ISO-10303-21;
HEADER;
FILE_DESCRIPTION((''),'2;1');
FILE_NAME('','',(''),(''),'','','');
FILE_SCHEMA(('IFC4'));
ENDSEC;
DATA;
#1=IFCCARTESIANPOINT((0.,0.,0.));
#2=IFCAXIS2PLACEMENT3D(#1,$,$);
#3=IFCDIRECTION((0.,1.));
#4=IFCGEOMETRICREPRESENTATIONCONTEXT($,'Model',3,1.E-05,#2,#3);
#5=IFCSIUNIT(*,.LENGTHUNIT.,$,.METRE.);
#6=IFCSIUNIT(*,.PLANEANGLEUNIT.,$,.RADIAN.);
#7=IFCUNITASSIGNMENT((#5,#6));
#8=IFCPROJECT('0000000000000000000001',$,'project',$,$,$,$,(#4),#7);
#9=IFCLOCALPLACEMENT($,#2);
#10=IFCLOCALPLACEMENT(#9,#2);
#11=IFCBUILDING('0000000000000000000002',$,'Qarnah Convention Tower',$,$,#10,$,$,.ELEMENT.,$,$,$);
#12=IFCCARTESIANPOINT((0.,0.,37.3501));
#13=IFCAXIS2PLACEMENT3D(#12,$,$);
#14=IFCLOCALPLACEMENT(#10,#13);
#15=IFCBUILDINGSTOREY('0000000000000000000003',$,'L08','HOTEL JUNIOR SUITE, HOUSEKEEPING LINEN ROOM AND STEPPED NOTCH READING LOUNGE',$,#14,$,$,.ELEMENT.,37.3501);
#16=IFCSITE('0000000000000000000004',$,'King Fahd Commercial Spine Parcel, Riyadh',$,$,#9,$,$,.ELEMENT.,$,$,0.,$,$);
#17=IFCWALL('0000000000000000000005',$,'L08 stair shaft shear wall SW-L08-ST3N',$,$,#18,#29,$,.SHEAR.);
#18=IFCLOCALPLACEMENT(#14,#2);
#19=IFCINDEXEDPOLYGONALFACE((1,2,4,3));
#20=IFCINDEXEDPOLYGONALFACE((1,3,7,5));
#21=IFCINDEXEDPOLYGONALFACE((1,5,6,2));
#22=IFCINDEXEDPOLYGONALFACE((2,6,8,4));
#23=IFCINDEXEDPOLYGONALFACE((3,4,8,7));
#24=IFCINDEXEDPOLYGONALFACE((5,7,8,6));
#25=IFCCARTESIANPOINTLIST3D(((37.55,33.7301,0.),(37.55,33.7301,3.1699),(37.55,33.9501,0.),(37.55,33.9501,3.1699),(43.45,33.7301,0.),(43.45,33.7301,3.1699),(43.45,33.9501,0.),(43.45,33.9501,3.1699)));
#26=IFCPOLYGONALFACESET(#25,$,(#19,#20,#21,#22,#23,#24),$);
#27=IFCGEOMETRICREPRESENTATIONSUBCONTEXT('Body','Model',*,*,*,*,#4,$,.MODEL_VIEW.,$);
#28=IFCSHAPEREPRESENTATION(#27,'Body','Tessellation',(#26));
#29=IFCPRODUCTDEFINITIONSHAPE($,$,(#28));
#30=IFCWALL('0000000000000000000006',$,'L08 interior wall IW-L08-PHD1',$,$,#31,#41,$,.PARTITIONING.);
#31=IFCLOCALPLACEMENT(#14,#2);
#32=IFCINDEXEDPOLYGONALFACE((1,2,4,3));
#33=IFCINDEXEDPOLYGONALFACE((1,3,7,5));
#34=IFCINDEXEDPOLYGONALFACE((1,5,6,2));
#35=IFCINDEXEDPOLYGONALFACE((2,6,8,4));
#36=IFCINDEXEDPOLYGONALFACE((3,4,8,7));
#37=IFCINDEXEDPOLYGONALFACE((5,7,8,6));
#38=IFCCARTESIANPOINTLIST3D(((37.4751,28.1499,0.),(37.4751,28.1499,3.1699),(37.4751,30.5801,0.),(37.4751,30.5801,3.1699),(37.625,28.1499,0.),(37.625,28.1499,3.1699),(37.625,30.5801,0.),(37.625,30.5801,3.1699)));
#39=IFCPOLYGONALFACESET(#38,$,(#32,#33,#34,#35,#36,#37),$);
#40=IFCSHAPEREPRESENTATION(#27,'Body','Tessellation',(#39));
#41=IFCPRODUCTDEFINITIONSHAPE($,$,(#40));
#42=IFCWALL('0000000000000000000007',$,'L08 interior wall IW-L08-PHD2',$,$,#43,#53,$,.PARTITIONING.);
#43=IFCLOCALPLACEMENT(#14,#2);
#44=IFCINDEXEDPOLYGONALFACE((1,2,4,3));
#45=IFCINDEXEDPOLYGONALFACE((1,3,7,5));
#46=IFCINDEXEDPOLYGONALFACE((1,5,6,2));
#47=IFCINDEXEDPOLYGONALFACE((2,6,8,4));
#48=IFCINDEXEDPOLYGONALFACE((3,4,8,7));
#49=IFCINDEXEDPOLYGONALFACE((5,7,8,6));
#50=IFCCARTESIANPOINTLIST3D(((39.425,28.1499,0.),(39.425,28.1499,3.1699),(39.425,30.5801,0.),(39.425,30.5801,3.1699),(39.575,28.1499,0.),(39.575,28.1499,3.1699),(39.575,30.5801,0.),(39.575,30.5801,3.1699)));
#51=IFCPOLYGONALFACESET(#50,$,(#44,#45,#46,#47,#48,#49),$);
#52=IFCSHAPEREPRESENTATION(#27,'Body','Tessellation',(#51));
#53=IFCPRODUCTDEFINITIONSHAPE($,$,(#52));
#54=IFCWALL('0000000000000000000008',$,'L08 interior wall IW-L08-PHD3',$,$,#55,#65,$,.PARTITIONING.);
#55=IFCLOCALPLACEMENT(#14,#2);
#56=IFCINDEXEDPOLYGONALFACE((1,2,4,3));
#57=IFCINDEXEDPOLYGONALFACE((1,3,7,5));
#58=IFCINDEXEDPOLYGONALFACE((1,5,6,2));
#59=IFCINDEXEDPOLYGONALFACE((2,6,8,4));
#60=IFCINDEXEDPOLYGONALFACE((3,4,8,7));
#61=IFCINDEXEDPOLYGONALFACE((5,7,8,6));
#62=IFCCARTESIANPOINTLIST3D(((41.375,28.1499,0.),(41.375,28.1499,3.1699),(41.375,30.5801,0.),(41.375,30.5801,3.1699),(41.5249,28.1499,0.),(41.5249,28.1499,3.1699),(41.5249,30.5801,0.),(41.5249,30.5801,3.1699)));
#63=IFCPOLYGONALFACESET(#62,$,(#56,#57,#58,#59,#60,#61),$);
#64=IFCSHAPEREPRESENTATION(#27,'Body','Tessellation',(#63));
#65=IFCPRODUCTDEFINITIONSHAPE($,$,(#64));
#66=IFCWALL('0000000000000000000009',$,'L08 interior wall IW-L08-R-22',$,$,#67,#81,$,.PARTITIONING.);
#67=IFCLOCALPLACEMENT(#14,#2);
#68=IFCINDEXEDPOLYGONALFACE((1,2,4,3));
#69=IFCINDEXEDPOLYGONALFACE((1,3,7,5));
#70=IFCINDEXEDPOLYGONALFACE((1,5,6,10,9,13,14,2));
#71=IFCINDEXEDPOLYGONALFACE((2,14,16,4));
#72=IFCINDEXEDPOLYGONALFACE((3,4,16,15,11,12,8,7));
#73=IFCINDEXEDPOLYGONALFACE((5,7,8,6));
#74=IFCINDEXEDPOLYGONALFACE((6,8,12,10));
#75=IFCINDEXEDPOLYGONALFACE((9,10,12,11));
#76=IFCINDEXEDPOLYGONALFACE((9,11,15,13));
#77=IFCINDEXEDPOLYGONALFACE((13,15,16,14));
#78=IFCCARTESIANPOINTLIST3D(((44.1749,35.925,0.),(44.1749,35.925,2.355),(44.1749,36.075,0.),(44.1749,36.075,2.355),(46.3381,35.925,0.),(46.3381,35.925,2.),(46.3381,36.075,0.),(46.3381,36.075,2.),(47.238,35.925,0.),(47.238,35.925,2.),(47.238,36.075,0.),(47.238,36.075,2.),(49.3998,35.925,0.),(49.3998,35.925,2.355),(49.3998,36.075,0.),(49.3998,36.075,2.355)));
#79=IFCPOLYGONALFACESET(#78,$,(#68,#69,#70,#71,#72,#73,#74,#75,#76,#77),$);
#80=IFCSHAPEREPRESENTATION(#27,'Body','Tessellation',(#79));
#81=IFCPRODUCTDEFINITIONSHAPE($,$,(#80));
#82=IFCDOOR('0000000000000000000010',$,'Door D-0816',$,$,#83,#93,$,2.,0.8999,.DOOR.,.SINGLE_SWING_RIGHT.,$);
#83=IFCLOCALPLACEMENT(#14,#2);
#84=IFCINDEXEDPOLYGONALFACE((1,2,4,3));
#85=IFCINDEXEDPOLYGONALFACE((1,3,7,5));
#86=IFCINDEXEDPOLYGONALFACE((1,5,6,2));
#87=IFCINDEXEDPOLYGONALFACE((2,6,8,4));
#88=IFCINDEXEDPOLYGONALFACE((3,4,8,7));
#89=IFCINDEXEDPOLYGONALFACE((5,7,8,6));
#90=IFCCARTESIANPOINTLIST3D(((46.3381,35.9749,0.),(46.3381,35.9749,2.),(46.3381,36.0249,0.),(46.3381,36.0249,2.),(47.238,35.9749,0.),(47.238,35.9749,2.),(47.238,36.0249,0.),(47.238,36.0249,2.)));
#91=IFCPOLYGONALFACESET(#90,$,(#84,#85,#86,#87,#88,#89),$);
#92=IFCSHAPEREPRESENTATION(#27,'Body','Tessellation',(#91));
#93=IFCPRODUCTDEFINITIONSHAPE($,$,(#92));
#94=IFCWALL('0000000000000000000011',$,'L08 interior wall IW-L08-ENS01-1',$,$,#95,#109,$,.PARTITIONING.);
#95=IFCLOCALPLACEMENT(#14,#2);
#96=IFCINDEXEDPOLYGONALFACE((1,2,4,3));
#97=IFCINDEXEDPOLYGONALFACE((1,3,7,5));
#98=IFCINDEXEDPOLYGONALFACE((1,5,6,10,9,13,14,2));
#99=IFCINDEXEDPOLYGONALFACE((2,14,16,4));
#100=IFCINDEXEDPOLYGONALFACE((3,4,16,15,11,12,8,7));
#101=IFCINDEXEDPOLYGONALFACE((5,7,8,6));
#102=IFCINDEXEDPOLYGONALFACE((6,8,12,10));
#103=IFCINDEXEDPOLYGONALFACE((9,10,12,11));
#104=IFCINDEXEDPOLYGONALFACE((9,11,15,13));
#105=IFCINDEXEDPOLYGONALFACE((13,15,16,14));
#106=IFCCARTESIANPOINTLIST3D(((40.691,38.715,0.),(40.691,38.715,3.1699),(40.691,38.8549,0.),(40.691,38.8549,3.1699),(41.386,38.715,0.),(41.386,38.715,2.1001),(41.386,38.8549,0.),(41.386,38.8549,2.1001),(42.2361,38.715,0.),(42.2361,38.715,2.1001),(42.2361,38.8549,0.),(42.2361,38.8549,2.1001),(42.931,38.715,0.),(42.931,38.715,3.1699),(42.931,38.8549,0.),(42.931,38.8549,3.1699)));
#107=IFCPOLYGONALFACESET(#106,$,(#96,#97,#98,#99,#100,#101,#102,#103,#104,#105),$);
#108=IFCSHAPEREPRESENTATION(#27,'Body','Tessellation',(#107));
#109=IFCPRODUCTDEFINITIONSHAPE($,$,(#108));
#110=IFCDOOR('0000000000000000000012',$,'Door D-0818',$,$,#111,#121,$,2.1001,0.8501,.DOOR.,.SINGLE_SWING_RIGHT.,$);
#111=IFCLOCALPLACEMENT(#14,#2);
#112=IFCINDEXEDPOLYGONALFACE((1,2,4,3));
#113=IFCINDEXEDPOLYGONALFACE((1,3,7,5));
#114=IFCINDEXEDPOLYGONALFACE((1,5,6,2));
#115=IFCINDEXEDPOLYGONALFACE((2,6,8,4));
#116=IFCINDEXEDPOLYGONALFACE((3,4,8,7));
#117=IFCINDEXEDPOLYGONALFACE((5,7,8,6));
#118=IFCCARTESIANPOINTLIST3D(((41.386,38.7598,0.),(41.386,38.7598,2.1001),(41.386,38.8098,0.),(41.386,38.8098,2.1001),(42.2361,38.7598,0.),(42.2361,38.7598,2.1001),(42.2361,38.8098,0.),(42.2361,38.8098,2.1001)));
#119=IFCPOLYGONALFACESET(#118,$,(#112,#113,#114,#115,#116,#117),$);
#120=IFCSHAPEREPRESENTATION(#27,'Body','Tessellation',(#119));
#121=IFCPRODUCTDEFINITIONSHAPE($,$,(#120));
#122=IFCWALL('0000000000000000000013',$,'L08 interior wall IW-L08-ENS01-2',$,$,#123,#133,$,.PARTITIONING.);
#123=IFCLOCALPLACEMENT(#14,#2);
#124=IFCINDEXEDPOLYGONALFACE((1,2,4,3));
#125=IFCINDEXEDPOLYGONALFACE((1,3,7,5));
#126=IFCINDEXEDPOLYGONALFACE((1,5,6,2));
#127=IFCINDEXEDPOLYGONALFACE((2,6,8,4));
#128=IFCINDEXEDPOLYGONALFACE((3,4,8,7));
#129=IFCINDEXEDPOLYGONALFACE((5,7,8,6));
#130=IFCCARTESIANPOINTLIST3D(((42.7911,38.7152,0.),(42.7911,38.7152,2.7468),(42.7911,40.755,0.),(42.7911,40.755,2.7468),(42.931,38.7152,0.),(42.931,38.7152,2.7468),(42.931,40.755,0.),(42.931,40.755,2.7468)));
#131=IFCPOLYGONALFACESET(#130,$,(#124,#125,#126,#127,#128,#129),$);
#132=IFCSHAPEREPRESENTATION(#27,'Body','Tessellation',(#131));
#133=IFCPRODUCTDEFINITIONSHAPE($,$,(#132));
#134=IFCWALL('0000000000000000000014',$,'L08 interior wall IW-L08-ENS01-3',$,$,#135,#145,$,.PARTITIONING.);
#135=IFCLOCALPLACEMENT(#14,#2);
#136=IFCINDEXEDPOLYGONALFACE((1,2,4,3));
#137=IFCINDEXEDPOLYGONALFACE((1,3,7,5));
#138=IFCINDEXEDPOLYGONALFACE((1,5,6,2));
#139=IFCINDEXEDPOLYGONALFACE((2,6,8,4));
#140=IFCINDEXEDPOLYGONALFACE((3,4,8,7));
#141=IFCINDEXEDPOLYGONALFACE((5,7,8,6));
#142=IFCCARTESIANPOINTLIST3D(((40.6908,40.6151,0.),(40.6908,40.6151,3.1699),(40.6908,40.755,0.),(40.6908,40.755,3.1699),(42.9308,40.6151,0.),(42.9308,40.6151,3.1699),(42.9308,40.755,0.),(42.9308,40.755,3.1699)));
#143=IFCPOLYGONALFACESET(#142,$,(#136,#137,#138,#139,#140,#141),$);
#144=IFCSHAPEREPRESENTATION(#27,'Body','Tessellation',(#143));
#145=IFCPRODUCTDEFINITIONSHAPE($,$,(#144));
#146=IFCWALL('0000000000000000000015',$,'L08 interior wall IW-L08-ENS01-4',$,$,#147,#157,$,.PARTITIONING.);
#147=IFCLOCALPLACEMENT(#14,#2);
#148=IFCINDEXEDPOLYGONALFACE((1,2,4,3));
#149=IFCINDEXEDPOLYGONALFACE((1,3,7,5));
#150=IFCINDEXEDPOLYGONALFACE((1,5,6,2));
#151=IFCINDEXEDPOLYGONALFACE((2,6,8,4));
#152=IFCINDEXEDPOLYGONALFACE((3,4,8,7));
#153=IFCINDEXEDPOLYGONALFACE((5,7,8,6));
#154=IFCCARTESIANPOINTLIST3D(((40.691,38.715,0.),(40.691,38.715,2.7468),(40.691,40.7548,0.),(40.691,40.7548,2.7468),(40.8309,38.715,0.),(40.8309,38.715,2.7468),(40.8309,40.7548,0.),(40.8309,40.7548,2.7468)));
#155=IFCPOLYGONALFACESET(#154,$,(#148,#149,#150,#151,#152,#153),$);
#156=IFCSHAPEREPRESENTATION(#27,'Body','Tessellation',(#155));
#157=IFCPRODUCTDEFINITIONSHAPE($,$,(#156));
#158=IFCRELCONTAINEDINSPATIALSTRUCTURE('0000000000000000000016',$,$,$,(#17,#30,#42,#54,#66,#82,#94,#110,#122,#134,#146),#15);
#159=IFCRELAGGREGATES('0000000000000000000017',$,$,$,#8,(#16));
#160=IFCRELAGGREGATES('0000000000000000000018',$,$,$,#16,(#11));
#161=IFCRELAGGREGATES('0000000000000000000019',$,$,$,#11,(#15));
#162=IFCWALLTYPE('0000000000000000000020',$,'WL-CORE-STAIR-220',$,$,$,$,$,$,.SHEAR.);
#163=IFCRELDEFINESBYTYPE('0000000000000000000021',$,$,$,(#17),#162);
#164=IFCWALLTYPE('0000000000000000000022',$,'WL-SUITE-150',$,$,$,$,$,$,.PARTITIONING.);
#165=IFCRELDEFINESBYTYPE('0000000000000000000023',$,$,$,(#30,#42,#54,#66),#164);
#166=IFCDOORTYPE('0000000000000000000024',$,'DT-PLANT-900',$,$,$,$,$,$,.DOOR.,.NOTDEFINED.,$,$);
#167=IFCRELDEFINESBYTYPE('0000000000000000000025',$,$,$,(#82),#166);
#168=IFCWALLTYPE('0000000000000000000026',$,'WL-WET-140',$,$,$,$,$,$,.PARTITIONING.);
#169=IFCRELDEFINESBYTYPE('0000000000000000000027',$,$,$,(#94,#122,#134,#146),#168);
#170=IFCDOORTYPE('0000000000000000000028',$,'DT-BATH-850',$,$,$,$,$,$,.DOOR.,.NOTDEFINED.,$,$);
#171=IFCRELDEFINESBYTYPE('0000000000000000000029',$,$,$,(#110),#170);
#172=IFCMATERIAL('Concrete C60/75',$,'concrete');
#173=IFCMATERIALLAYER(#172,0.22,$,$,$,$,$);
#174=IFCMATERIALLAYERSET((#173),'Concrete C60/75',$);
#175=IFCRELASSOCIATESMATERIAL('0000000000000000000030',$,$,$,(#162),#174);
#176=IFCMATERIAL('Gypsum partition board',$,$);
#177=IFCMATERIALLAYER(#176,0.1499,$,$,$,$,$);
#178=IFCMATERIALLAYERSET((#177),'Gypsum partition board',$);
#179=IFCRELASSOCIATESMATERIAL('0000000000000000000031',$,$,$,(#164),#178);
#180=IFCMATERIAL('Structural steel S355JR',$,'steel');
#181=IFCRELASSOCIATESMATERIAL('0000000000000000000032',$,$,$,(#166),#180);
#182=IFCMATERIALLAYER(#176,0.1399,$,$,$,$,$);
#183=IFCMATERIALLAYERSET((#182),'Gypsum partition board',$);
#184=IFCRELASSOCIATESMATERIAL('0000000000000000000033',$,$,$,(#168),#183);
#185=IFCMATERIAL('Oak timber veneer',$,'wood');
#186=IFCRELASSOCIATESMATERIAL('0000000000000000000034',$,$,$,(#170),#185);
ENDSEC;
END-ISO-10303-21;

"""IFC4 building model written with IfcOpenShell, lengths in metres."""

from ifc_helpers import new_model, si_unit, direction, frame, frame_2d, origin, place, context, subcontext, project, spatial, rectangle, extrude, material, layer, layer_set, type_object, element, fill, save


model = new_model("IFC4")

# Units and contexts
model_context = context("Model", 3, precision=1e-05, world=origin(), true_north=direction((0.0, 1.0)))
body_context = subcontext(model_context, "Body", "Model", "MODEL_VIEW")
ifc_project = project(units=[si_unit("LENGTHUNIT", "METRE"), si_unit("PLANEANGLEUNIT", "RADIAN")], contexts=[model_context])

# Site, building, storey
site_placement = place(None, origin())
site = spatial("IfcSite", under=ifc_project, at=site_placement, Name="King Fahd Commercial Spine Parcel, Riyadh", CompositionType="ELEMENT", RefElevation=0.0)
building_placement = place(site_placement, origin())
building = spatial("IfcBuilding", under=site, at=building_placement, Name="Qarnah Convention Tower", CompositionType="ELEMENT")
storey_placement = place(building_placement, frame((0.0, 0.0, 37.3501)))
storey = spatial("IfcBuildingStorey", under=building, at=storey_placement, Name="L08", Description="HOTEL JUNIOR SUITE, HOUSEKEEPING LINEN ROOM AND STEPPED NOTCH READING LOUNGE", CompositionType="ELEMENT", Elevation=37.3501)

# Shared definitions
ifc_material_1 = material(Name="Structural steel S355JR", Category="steel")

# Walls
ifc_material_2 = material(Name="Concrete C60/75", Category="concrete")
ifc_layer_1 = layer(ifc_material_2, 0.22)
ifc_layer_set_1 = layer_set([ifc_layer_1], Name="Concrete C60/75")
wall_type_1 = type_object("IfcWallType", Name="WL-CORE-STAIR-220", PredefinedType="SHEAR", material=ifc_layer_set_1)
wall_1_placement = place(storey_placement, frame((37.55, 33.8401, 0.0), z_axis=(0.0, 0.0, 1.0), x_axis=(1.0, 0.0, 0.0)))
element("IfcWall", 1, at=wall_1_placement, inside=storey, type_object=wall_type_1, Name="L08 stair shaft shear wall SW-L08-ST3N", PredefinedType="SHEAR", context=body_context, shape_type="SweptSolid", body=[
    extrude(rectangle(XDim=5.8999, YDim=0.22, at=frame_2d((2.95, 0.0))), origin(), (0.0, 0.0, 1.0), 3.1699),
])
ifc_material_3 = material(Name="Gypsum partition board")
ifc_layer_2 = layer(ifc_material_3, 0.1499)
ifc_layer_set_2 = layer_set([ifc_layer_2], Name="Gypsum partition board")
wall_type_2 = type_object("IfcWallType", Name="WL-SUITE-150", PredefinedType="PARTITIONING", material=ifc_layer_set_2)
for number, where, z_axis, x_axis, name in (
    (2, (37.55, 28.1499, 0.0), (0.0, 0.0, 1.0), (0.0, 1.0, 0.0), "L08 interior wall IW-L08-PHD1"),
    (3, (39.5, 28.1499, 0.0), (0.0, 0.0, 1.0), (0.0, 1.0, 0.0), "L08 interior wall IW-L08-PHD2"),
    (4, (41.45, 28.1499, 0.0), (0.0, 0.0, 1.0), (0.0, 1.0, 0.0), "L08 interior wall IW-L08-PHD3"),
):
    element("IfcWall", number, at=place(storey_placement, frame(where, z_axis=z_axis, x_axis=x_axis)), inside=storey, type_object=wall_type_2, Name=name, PredefinedType="PARTITIONING", context=body_context, shape_type="SweptSolid", body=[
        extrude(rectangle(XDim=2.4302, YDim=0.1499, at=frame_2d((1.2151, 0.0))), origin(), (0.0, 0.0, 1.0), 3.1699),
    ])

# Walls, openings, doors
wall_2_placement = place(storey_placement, frame((44.175, 36.0, 0.0), z_axis=(0.0, 0.0, 1.0), x_axis=(1.0, 0.0, 0.0)))
wall_2 = element("IfcWall", 5, at=wall_2_placement, inside=storey, type_object=wall_type_2, Name="L08 interior wall IW-L08-R-22", PredefinedType="PARTITIONING", context=body_context, shape_type="SweptSolid", body=[
    extrude(rectangle(XDim=5.2249, YDim=0.1499, at=frame_2d((2.6123, 0.0))), origin(), (0.0, 0.0, 1.0), 2.355),
])
opening_1_placement = place(wall_2_placement, frame((2.1631, 0.0, 0.0)))
opening_1 = element("IfcOpeningElement", 6, at=opening_1_placement, cuts=wall_2, PredefinedType="OPENING", context=body_context, shape_type="SweptSolid", body=[
    extrude(rectangle(XDim=0.8999, YDim=2.0, at=frame_2d((0.45, 1.0))), frame((0.0, 0.085, 0.0), z_axis=(0.0, -1.0, 0.0), x_axis=(1.0, 0.0, 0.0)), (0.0, 0.0, 1.0), 0.1699),
])
door_type_1 = type_object("IfcDoorType", Name="DT-PLANT-900", OperationType="NOTDEFINED", PredefinedType="DOOR", material=ifc_material_1)
door_1_placement = place(opening_1_placement, origin())
door_1 = element("IfcDoor", 7, at=door_1_placement, inside=storey, type_object=door_type_1, Name="Door D-0816", OperationType="SINGLE_SWING_RIGHT", OverallHeight=2.0, OverallWidth=0.8999, PredefinedType="DOOR", context=body_context, shape_type="SweptSolid", body=[
    extrude(rectangle(XDim=0.8999, YDim=2.0, at=frame_2d((0.45, 1.0))), frame((0.0, 0.0249, 0.0), z_axis=(0.0, -1.0, 0.0), x_axis=(1.0, 0.0, 0.0)), (0.0, 0.0, 1.0), 0.05),
])
fill(opening_1, door_1)
ifc_layer_3 = layer(ifc_material_3, 0.1399)
ifc_layer_set_3 = layer_set([ifc_layer_3], Name="Gypsum partition board")
wall_type_3 = type_object("IfcWallType", Name="WL-WET-140", PredefinedType="PARTITIONING", material=ifc_layer_set_3)
wall_3_placement = place(storey_placement, frame((40.6909, 38.7849, 0.0), z_axis=(0.0, 0.0, 1.0), x_axis=(1.0, 0.0, 0.0)))
wall_3 = element("IfcWall", 8, at=wall_3_placement, inside=storey, type_object=wall_type_3, Name="L08 interior wall IW-L08-ENS01-1", PredefinedType="PARTITIONING", context=body_context, shape_type="SweptSolid", body=[
    extrude(rectangle(XDim=2.24, YDim=0.1399, at=frame_2d((1.1201, 0.0))), origin(), (0.0, 0.0, 1.0), 3.1699),
])
opening_2_placement = place(wall_3_placement, frame((0.6951, 0.0, 0.0)))
opening_2 = element("IfcOpeningElement", 9, at=opening_2_placement, cuts=wall_3, PredefinedType="OPENING", context=body_context, shape_type="SweptSolid", body=[
    extrude(rectangle(XDim=0.8501, YDim=2.1001, at=frame_2d((0.425, 1.05))), frame((0.0, 0.0798, 0.0), z_axis=(0.0, -1.0, 0.0), x_axis=(1.0, 0.0, 0.0)), (0.0, 0.0, 1.0), 0.1599),
])
ifc_material_4 = material(Name="Oak timber veneer", Category="wood")
door_type_2 = type_object("IfcDoorType", Name="DT-BATH-850", OperationType="NOTDEFINED", PredefinedType="DOOR", material=ifc_material_4)
door_2_placement = place(opening_2_placement, origin())
door_2 = element("IfcDoor", 10, at=door_2_placement, inside=storey, type_object=door_type_2, Name="Door D-0818", OperationType="SINGLE_SWING_RIGHT", OverallHeight=2.1001, OverallWidth=0.8501, PredefinedType="DOOR", context=body_context, shape_type="SweptSolid", body=[
    extrude(rectangle(XDim=0.8501, YDim=2.1001, at=frame_2d((0.425, 1.05))), frame((0.0, 0.0249, 0.0), z_axis=(0.0, -1.0, 0.0), x_axis=(1.0, 0.0, 0.0)), (0.0, 0.0, 1.0), 0.05),
])
fill(opening_2, door_2)

# Walls
wall_4_placement = place(storey_placement, frame((42.8611, 38.7151, 0.0), z_axis=(0.0, 0.0, 1.0), x_axis=(0.0, 1.0, 0.0)))
element("IfcWall", 11, at=wall_4_placement, inside=storey, type_object=wall_type_3, Name="L08 interior wall IW-L08-ENS01-2", PredefinedType="PARTITIONING", context=body_context, shape_type="SweptSolid", body=[
    extrude(rectangle(XDim=2.0398, YDim=0.1399, at=frame_2d((1.02, 0.0))), origin(), (0.0, 0.0, 1.0), 2.7468),
])
wall_5_placement = place(storey_placement, frame((42.9309, 40.6851, 0.0), z_axis=(0.0, 0.0, 1.0), x_axis=(-1.0, 0.0, 0.0)))
element("IfcWall", 12, at=wall_5_placement, inside=storey, type_object=wall_type_3, Name="L08 interior wall IW-L08-ENS01-3", PredefinedType="PARTITIONING", context=body_context, shape_type="SweptSolid", body=[
    extrude(rectangle(XDim=2.24, YDim=0.1399, at=frame_2d((1.1201, 0.0))), origin(), (0.0, 0.0, 1.0), 3.1699),
])
wall_6_placement = place(storey_placement, frame((40.761, 40.7549, 0.0), z_axis=(0.0, 0.0, 1.0), x_axis=(0.0, -1.0, 0.0)))
element("IfcWall", 13, at=wall_6_placement, inside=storey, type_object=wall_type_3, Name="L08 interior wall IW-L08-ENS01-4", PredefinedType="PARTITIONING", context=body_context, shape_type="SweptSolid", body=[
    extrude(rectangle(XDim=2.0398, YDim=0.1399, at=frame_2d((1.02, 0.0))), origin(), (0.0, 0.0, 1.0), 2.7468),
])

save(model, "model.ifc")
